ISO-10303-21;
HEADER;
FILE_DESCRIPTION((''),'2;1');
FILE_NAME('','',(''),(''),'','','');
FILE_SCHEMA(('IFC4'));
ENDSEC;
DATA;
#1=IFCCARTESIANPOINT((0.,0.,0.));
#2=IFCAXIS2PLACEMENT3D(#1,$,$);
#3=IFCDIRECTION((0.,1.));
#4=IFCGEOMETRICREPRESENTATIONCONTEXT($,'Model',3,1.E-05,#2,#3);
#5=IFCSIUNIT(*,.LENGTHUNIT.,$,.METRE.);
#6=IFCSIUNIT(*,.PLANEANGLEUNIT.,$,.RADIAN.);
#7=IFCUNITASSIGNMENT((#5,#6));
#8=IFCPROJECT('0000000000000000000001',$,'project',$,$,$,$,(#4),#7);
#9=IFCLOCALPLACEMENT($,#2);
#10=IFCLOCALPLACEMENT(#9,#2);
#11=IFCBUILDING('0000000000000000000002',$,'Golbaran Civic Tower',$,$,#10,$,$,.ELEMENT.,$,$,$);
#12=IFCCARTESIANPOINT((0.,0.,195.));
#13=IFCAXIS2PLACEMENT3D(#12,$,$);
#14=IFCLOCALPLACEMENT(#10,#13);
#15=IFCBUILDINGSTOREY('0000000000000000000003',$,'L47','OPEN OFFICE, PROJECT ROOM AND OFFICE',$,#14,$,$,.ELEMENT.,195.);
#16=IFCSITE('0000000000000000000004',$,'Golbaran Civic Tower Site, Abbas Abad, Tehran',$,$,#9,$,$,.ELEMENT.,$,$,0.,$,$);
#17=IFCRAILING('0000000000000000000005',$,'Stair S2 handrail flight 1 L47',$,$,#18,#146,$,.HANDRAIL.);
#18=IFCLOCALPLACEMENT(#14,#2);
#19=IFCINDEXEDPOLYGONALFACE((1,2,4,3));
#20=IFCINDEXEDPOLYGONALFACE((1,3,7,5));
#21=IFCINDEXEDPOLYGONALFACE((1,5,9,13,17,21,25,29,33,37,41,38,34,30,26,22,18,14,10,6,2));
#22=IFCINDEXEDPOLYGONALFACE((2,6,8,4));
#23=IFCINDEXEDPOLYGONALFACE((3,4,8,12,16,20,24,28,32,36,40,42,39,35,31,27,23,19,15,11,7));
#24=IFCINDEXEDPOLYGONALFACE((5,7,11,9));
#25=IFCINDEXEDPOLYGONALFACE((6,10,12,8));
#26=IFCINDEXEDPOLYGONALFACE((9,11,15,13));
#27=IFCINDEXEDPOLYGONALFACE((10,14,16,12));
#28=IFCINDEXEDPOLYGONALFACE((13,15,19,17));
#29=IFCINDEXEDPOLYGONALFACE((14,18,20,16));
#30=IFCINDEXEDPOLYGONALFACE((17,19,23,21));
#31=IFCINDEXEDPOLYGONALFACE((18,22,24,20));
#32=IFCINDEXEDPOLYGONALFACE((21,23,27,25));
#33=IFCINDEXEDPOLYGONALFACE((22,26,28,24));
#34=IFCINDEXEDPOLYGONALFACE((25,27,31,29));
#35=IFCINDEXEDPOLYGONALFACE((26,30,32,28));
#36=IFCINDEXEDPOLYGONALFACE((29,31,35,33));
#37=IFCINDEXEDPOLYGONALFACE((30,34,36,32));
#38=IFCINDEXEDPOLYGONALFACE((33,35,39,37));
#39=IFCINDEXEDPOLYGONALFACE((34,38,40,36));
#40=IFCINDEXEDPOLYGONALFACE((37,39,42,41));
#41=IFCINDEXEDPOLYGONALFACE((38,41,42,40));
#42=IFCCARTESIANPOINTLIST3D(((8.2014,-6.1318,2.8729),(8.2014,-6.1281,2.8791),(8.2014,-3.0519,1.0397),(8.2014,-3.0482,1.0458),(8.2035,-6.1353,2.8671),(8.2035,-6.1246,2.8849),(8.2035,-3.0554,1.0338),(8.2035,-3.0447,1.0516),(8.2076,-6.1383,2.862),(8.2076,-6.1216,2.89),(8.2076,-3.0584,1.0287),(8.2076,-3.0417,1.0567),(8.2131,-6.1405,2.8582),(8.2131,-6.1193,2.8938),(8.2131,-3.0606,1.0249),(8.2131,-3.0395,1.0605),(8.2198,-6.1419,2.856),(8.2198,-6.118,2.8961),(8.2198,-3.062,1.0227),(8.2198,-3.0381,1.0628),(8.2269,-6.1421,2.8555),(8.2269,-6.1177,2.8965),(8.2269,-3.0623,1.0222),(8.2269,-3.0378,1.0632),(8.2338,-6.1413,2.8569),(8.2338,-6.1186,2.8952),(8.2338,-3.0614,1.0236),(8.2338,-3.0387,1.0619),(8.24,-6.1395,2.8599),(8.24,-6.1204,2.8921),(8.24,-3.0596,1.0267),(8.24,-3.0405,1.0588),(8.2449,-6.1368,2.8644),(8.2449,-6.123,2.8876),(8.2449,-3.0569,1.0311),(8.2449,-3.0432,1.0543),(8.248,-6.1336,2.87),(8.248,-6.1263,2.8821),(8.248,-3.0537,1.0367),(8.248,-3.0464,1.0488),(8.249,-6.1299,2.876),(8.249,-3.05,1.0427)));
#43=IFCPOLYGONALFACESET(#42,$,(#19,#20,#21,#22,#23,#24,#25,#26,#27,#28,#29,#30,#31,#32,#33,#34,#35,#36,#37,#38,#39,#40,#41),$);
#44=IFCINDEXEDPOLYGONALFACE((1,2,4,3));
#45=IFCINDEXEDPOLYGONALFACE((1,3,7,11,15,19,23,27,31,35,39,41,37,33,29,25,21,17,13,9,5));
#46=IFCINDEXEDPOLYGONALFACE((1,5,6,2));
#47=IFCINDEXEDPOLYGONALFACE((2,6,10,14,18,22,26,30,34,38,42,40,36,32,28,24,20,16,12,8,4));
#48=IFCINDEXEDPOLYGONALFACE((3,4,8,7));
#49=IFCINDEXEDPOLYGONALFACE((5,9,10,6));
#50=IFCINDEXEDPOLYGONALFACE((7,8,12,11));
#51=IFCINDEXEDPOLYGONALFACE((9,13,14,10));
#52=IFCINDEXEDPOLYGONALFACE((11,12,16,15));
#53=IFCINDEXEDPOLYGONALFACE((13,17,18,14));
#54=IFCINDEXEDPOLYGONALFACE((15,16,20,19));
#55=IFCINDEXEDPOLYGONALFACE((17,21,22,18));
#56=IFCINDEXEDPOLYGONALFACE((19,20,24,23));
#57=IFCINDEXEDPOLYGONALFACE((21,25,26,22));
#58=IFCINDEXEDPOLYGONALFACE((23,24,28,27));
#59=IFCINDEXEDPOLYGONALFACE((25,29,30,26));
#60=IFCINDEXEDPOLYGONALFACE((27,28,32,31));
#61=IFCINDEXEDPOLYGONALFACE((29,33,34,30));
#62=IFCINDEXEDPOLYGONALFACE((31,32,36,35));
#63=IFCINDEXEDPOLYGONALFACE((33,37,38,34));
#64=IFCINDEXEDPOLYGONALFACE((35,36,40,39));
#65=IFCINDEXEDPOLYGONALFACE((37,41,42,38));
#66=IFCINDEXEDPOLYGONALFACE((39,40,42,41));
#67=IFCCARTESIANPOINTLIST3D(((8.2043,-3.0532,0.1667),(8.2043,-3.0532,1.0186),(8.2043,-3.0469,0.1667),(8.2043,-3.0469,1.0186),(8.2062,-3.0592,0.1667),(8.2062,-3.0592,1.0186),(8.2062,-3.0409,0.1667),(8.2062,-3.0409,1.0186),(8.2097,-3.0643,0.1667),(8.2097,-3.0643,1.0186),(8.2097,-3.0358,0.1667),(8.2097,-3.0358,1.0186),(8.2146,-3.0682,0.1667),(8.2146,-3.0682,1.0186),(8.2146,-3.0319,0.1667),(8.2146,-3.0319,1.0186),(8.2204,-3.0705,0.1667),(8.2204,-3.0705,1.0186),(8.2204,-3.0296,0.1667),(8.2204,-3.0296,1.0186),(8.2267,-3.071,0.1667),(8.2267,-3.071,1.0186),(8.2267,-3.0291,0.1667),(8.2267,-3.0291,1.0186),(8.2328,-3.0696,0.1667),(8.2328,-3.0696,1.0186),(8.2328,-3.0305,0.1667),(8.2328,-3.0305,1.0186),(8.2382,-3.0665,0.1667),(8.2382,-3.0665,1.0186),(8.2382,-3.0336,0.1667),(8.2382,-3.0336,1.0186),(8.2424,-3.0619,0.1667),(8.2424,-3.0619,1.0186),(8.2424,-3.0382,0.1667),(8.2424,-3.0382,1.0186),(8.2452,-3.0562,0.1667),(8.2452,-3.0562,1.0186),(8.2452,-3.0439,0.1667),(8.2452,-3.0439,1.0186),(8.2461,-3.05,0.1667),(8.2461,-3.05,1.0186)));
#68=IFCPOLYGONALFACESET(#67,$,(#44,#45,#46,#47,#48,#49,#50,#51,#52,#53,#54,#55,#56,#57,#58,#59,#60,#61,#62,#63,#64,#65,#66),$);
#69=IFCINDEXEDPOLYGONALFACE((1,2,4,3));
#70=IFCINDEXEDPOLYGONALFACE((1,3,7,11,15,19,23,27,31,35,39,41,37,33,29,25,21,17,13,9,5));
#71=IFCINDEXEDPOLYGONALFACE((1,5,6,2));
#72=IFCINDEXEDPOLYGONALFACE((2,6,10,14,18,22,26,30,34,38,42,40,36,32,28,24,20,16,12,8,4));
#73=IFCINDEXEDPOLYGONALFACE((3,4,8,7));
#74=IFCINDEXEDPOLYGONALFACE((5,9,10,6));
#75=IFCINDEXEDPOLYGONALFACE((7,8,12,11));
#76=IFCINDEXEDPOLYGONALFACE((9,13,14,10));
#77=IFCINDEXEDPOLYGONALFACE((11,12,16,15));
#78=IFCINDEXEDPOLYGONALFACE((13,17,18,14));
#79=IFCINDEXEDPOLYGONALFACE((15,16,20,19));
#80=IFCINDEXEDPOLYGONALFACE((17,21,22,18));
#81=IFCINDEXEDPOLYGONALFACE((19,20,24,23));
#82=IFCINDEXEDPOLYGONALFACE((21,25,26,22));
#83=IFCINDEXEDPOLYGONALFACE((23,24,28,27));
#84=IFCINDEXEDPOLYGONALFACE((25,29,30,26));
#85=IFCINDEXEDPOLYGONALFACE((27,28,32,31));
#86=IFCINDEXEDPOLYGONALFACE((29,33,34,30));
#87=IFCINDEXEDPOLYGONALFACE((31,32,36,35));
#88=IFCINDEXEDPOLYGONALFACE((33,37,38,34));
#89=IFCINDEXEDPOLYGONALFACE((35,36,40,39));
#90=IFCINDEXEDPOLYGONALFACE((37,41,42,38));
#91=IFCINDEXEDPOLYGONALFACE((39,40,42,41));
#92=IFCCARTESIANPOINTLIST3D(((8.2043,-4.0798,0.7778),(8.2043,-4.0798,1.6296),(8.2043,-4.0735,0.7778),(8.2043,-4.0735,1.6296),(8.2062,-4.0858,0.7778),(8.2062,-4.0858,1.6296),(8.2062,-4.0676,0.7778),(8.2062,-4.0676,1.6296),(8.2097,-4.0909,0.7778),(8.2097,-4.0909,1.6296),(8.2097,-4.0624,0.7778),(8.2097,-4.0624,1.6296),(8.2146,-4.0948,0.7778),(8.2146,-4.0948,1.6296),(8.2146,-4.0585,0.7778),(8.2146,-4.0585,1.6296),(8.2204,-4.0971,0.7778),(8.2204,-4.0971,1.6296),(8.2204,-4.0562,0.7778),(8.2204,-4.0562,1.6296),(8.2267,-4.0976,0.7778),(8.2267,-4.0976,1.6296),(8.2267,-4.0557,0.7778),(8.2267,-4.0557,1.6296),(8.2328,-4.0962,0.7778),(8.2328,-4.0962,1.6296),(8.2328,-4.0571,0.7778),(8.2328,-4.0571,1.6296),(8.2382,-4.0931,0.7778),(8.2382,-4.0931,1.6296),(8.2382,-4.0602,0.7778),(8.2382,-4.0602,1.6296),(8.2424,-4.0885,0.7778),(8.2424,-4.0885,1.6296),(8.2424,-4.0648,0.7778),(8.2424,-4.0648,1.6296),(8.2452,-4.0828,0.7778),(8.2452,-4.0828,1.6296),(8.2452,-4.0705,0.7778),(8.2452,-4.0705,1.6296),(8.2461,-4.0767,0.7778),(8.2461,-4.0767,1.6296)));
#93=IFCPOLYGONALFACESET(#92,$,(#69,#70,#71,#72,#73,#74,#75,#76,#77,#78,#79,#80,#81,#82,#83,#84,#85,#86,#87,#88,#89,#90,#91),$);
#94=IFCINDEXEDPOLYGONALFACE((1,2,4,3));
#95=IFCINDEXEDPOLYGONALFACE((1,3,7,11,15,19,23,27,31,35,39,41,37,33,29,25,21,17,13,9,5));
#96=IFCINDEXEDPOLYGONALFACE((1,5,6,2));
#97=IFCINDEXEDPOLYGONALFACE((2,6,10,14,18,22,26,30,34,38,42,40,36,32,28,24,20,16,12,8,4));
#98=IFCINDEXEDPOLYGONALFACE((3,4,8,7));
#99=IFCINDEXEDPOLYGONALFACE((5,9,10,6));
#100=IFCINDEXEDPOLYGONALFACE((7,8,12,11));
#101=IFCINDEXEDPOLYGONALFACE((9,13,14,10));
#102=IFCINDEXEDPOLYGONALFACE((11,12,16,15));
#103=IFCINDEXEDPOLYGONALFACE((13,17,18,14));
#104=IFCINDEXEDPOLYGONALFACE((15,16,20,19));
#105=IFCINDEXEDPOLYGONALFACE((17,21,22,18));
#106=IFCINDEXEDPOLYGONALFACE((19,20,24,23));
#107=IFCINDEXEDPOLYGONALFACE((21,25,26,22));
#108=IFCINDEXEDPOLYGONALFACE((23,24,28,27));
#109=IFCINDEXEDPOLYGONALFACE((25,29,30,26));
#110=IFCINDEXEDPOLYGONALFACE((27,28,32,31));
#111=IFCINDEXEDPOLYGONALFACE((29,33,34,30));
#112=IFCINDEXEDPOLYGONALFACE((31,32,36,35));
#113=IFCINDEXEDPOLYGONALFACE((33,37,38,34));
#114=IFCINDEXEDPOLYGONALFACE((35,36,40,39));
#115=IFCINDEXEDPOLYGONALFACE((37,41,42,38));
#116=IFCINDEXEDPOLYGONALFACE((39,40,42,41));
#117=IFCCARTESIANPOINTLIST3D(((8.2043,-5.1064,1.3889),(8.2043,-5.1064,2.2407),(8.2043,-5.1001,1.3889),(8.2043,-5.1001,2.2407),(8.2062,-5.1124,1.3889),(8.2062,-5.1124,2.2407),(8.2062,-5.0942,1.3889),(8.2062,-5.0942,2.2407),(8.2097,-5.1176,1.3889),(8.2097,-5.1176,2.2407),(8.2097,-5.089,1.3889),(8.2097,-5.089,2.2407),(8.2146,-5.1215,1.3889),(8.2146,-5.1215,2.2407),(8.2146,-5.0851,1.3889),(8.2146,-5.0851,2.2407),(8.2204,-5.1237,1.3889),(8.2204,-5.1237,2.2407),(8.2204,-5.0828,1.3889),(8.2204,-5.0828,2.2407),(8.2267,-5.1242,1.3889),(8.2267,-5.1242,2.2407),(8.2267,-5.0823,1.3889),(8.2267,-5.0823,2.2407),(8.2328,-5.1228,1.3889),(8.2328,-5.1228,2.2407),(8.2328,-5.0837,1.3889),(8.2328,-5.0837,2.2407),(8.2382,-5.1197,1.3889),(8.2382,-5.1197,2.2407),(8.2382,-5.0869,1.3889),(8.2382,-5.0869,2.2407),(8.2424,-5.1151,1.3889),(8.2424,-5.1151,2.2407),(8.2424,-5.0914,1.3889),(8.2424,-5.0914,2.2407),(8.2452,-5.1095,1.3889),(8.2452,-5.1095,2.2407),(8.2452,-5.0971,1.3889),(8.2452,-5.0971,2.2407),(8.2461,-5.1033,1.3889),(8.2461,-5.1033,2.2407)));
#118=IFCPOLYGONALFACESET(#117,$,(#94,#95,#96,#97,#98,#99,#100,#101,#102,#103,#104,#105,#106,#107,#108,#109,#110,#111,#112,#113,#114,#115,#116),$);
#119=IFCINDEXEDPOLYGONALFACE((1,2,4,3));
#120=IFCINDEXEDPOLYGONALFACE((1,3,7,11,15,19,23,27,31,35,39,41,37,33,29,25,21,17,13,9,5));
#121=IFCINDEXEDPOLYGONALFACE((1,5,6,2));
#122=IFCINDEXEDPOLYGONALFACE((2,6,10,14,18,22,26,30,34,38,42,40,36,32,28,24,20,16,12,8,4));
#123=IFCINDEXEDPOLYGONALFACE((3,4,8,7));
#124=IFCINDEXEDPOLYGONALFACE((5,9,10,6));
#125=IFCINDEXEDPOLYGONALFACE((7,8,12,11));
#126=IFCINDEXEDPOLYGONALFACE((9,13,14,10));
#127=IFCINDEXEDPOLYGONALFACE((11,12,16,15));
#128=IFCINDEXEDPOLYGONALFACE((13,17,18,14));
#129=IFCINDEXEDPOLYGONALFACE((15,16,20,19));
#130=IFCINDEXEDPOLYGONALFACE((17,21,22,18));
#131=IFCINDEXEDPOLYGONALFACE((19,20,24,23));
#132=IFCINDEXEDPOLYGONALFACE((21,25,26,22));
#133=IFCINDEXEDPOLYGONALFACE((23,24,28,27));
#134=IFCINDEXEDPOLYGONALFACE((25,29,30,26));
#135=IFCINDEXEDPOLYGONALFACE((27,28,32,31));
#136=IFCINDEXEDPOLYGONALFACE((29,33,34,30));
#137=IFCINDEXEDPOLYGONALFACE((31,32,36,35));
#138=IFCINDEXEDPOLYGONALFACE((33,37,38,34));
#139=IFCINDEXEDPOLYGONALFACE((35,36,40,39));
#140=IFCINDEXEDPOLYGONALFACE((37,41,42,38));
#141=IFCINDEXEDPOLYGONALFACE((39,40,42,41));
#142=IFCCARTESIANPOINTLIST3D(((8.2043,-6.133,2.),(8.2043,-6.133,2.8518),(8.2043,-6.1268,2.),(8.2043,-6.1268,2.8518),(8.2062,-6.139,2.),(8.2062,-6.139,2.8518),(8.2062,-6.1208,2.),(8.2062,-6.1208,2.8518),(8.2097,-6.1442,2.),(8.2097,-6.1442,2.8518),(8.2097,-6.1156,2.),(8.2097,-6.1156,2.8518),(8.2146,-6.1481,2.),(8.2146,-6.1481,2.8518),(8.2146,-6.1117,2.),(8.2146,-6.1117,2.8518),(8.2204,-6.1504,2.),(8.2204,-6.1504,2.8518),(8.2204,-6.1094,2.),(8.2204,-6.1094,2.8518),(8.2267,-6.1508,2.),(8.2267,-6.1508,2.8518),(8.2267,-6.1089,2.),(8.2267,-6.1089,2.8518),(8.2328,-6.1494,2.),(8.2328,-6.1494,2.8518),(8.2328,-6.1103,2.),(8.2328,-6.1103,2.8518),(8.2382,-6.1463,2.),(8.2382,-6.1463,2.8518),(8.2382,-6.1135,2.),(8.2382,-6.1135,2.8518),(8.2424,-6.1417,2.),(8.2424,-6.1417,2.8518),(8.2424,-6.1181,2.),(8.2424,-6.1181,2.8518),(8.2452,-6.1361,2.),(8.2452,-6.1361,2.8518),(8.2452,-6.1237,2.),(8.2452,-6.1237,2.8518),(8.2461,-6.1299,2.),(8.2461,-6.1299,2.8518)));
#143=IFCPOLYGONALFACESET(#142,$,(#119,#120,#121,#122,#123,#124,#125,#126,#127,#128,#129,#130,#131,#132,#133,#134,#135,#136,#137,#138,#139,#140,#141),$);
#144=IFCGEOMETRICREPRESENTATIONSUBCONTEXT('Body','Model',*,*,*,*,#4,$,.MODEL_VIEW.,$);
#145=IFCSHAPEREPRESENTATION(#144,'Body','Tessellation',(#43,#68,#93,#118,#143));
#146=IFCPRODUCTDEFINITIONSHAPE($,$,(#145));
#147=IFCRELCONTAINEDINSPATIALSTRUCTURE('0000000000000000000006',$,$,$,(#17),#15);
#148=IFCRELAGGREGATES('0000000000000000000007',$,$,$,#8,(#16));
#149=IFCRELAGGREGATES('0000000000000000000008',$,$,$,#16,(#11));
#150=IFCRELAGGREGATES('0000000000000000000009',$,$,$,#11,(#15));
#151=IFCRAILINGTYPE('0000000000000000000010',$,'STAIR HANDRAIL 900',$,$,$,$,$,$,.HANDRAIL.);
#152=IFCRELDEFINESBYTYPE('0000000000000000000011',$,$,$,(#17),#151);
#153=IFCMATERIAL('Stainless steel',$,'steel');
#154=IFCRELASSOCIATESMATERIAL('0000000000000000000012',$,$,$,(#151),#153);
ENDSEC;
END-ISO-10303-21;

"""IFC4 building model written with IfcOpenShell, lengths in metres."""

from ifc_helpers import new_model, si_unit, direction, frame, origin, origin_2d, place, context, subcontext, project, spatial, circle, extrude, material, type_object, element, save


model = new_model("IFC4")

# Units and contexts
model_context = context("Model", 3, precision=1e-05, world=origin(), true_north=direction((0.0, 1.0)))
body_context = subcontext(model_context, "Body", "Model", "MODEL_VIEW")
ifc_project = project(units=[si_unit("LENGTHUNIT", "METRE"), si_unit("PLANEANGLEUNIT", "RADIAN")], contexts=[model_context])

# Site, building, storey
site_placement = place(None, origin())
site = spatial("IfcSite", under=ifc_project, at=site_placement, Name="Golbaran Civic Tower Site, Abbas Abad, Tehran", CompositionType="ELEMENT", RefElevation=0.0)
building_placement = place(site_placement, origin())
building = spatial("IfcBuilding", under=site, at=building_placement, Name="Golbaran Civic Tower", CompositionType="ELEMENT")
storey_placement = place(building_placement, frame((0.0, 0.0, 195.0)))
storey = spatial("IfcBuildingStorey", under=building, at=storey_placement, Name="L47", Description="OPEN OFFICE, PROJECT ROOM AND OFFICE", CompositionType="ELEMENT", Elevation=195.0)

# Shared definitions
ifc_material_1 = material(Name="Stainless steel", Category="steel")

# Railing
railing_type = type_object("IfcRailingType", Name="STAIR HANDRAIL 900", PredefinedType="HANDRAIL", material=ifc_material_1)
railing_1_placement = place(storey_placement, frame((8.2251, -3.05, 0.1667)))
element("IfcRailing", 1, at=railing_1_placement, inside=storey, type_object=railing_type, Name="Stair S2 handrail flight 1 L47", PredefinedType="HANDRAIL", context=body_context, shape_type="SweptSolid", body=[
    extrude(circle(Radius=0.0239, at=origin_2d()), frame((0.0, 0.0, 0.876), z_axis=(0.0, -0.859291, 0.511487), x_axis=(1.0, 0.0, 0.0)), (0.0, 0.0, 1.0), 3.5842),
    extrude(circle(Radius=0.021, at=origin_2d()), origin(), (0.0, 0.0, 1.0), 0.8518),
    extrude(circle(Radius=0.021, at=origin_2d()), frame((0.0, -1.0266, 0.6111)), (0.0, 0.0, 1.0), 0.8518),
    extrude(circle(Radius=0.021, at=origin_2d()), frame((0.0, -2.0532, 1.2222)), (0.0, 0.0, 1.0), 0.8518),
    extrude(circle(Radius=0.021, at=origin_2d()), frame((0.0, -3.0798, 1.8333)), (0.0, 0.0, 1.0), 0.8518),
])

save(model, "model.ifc")
